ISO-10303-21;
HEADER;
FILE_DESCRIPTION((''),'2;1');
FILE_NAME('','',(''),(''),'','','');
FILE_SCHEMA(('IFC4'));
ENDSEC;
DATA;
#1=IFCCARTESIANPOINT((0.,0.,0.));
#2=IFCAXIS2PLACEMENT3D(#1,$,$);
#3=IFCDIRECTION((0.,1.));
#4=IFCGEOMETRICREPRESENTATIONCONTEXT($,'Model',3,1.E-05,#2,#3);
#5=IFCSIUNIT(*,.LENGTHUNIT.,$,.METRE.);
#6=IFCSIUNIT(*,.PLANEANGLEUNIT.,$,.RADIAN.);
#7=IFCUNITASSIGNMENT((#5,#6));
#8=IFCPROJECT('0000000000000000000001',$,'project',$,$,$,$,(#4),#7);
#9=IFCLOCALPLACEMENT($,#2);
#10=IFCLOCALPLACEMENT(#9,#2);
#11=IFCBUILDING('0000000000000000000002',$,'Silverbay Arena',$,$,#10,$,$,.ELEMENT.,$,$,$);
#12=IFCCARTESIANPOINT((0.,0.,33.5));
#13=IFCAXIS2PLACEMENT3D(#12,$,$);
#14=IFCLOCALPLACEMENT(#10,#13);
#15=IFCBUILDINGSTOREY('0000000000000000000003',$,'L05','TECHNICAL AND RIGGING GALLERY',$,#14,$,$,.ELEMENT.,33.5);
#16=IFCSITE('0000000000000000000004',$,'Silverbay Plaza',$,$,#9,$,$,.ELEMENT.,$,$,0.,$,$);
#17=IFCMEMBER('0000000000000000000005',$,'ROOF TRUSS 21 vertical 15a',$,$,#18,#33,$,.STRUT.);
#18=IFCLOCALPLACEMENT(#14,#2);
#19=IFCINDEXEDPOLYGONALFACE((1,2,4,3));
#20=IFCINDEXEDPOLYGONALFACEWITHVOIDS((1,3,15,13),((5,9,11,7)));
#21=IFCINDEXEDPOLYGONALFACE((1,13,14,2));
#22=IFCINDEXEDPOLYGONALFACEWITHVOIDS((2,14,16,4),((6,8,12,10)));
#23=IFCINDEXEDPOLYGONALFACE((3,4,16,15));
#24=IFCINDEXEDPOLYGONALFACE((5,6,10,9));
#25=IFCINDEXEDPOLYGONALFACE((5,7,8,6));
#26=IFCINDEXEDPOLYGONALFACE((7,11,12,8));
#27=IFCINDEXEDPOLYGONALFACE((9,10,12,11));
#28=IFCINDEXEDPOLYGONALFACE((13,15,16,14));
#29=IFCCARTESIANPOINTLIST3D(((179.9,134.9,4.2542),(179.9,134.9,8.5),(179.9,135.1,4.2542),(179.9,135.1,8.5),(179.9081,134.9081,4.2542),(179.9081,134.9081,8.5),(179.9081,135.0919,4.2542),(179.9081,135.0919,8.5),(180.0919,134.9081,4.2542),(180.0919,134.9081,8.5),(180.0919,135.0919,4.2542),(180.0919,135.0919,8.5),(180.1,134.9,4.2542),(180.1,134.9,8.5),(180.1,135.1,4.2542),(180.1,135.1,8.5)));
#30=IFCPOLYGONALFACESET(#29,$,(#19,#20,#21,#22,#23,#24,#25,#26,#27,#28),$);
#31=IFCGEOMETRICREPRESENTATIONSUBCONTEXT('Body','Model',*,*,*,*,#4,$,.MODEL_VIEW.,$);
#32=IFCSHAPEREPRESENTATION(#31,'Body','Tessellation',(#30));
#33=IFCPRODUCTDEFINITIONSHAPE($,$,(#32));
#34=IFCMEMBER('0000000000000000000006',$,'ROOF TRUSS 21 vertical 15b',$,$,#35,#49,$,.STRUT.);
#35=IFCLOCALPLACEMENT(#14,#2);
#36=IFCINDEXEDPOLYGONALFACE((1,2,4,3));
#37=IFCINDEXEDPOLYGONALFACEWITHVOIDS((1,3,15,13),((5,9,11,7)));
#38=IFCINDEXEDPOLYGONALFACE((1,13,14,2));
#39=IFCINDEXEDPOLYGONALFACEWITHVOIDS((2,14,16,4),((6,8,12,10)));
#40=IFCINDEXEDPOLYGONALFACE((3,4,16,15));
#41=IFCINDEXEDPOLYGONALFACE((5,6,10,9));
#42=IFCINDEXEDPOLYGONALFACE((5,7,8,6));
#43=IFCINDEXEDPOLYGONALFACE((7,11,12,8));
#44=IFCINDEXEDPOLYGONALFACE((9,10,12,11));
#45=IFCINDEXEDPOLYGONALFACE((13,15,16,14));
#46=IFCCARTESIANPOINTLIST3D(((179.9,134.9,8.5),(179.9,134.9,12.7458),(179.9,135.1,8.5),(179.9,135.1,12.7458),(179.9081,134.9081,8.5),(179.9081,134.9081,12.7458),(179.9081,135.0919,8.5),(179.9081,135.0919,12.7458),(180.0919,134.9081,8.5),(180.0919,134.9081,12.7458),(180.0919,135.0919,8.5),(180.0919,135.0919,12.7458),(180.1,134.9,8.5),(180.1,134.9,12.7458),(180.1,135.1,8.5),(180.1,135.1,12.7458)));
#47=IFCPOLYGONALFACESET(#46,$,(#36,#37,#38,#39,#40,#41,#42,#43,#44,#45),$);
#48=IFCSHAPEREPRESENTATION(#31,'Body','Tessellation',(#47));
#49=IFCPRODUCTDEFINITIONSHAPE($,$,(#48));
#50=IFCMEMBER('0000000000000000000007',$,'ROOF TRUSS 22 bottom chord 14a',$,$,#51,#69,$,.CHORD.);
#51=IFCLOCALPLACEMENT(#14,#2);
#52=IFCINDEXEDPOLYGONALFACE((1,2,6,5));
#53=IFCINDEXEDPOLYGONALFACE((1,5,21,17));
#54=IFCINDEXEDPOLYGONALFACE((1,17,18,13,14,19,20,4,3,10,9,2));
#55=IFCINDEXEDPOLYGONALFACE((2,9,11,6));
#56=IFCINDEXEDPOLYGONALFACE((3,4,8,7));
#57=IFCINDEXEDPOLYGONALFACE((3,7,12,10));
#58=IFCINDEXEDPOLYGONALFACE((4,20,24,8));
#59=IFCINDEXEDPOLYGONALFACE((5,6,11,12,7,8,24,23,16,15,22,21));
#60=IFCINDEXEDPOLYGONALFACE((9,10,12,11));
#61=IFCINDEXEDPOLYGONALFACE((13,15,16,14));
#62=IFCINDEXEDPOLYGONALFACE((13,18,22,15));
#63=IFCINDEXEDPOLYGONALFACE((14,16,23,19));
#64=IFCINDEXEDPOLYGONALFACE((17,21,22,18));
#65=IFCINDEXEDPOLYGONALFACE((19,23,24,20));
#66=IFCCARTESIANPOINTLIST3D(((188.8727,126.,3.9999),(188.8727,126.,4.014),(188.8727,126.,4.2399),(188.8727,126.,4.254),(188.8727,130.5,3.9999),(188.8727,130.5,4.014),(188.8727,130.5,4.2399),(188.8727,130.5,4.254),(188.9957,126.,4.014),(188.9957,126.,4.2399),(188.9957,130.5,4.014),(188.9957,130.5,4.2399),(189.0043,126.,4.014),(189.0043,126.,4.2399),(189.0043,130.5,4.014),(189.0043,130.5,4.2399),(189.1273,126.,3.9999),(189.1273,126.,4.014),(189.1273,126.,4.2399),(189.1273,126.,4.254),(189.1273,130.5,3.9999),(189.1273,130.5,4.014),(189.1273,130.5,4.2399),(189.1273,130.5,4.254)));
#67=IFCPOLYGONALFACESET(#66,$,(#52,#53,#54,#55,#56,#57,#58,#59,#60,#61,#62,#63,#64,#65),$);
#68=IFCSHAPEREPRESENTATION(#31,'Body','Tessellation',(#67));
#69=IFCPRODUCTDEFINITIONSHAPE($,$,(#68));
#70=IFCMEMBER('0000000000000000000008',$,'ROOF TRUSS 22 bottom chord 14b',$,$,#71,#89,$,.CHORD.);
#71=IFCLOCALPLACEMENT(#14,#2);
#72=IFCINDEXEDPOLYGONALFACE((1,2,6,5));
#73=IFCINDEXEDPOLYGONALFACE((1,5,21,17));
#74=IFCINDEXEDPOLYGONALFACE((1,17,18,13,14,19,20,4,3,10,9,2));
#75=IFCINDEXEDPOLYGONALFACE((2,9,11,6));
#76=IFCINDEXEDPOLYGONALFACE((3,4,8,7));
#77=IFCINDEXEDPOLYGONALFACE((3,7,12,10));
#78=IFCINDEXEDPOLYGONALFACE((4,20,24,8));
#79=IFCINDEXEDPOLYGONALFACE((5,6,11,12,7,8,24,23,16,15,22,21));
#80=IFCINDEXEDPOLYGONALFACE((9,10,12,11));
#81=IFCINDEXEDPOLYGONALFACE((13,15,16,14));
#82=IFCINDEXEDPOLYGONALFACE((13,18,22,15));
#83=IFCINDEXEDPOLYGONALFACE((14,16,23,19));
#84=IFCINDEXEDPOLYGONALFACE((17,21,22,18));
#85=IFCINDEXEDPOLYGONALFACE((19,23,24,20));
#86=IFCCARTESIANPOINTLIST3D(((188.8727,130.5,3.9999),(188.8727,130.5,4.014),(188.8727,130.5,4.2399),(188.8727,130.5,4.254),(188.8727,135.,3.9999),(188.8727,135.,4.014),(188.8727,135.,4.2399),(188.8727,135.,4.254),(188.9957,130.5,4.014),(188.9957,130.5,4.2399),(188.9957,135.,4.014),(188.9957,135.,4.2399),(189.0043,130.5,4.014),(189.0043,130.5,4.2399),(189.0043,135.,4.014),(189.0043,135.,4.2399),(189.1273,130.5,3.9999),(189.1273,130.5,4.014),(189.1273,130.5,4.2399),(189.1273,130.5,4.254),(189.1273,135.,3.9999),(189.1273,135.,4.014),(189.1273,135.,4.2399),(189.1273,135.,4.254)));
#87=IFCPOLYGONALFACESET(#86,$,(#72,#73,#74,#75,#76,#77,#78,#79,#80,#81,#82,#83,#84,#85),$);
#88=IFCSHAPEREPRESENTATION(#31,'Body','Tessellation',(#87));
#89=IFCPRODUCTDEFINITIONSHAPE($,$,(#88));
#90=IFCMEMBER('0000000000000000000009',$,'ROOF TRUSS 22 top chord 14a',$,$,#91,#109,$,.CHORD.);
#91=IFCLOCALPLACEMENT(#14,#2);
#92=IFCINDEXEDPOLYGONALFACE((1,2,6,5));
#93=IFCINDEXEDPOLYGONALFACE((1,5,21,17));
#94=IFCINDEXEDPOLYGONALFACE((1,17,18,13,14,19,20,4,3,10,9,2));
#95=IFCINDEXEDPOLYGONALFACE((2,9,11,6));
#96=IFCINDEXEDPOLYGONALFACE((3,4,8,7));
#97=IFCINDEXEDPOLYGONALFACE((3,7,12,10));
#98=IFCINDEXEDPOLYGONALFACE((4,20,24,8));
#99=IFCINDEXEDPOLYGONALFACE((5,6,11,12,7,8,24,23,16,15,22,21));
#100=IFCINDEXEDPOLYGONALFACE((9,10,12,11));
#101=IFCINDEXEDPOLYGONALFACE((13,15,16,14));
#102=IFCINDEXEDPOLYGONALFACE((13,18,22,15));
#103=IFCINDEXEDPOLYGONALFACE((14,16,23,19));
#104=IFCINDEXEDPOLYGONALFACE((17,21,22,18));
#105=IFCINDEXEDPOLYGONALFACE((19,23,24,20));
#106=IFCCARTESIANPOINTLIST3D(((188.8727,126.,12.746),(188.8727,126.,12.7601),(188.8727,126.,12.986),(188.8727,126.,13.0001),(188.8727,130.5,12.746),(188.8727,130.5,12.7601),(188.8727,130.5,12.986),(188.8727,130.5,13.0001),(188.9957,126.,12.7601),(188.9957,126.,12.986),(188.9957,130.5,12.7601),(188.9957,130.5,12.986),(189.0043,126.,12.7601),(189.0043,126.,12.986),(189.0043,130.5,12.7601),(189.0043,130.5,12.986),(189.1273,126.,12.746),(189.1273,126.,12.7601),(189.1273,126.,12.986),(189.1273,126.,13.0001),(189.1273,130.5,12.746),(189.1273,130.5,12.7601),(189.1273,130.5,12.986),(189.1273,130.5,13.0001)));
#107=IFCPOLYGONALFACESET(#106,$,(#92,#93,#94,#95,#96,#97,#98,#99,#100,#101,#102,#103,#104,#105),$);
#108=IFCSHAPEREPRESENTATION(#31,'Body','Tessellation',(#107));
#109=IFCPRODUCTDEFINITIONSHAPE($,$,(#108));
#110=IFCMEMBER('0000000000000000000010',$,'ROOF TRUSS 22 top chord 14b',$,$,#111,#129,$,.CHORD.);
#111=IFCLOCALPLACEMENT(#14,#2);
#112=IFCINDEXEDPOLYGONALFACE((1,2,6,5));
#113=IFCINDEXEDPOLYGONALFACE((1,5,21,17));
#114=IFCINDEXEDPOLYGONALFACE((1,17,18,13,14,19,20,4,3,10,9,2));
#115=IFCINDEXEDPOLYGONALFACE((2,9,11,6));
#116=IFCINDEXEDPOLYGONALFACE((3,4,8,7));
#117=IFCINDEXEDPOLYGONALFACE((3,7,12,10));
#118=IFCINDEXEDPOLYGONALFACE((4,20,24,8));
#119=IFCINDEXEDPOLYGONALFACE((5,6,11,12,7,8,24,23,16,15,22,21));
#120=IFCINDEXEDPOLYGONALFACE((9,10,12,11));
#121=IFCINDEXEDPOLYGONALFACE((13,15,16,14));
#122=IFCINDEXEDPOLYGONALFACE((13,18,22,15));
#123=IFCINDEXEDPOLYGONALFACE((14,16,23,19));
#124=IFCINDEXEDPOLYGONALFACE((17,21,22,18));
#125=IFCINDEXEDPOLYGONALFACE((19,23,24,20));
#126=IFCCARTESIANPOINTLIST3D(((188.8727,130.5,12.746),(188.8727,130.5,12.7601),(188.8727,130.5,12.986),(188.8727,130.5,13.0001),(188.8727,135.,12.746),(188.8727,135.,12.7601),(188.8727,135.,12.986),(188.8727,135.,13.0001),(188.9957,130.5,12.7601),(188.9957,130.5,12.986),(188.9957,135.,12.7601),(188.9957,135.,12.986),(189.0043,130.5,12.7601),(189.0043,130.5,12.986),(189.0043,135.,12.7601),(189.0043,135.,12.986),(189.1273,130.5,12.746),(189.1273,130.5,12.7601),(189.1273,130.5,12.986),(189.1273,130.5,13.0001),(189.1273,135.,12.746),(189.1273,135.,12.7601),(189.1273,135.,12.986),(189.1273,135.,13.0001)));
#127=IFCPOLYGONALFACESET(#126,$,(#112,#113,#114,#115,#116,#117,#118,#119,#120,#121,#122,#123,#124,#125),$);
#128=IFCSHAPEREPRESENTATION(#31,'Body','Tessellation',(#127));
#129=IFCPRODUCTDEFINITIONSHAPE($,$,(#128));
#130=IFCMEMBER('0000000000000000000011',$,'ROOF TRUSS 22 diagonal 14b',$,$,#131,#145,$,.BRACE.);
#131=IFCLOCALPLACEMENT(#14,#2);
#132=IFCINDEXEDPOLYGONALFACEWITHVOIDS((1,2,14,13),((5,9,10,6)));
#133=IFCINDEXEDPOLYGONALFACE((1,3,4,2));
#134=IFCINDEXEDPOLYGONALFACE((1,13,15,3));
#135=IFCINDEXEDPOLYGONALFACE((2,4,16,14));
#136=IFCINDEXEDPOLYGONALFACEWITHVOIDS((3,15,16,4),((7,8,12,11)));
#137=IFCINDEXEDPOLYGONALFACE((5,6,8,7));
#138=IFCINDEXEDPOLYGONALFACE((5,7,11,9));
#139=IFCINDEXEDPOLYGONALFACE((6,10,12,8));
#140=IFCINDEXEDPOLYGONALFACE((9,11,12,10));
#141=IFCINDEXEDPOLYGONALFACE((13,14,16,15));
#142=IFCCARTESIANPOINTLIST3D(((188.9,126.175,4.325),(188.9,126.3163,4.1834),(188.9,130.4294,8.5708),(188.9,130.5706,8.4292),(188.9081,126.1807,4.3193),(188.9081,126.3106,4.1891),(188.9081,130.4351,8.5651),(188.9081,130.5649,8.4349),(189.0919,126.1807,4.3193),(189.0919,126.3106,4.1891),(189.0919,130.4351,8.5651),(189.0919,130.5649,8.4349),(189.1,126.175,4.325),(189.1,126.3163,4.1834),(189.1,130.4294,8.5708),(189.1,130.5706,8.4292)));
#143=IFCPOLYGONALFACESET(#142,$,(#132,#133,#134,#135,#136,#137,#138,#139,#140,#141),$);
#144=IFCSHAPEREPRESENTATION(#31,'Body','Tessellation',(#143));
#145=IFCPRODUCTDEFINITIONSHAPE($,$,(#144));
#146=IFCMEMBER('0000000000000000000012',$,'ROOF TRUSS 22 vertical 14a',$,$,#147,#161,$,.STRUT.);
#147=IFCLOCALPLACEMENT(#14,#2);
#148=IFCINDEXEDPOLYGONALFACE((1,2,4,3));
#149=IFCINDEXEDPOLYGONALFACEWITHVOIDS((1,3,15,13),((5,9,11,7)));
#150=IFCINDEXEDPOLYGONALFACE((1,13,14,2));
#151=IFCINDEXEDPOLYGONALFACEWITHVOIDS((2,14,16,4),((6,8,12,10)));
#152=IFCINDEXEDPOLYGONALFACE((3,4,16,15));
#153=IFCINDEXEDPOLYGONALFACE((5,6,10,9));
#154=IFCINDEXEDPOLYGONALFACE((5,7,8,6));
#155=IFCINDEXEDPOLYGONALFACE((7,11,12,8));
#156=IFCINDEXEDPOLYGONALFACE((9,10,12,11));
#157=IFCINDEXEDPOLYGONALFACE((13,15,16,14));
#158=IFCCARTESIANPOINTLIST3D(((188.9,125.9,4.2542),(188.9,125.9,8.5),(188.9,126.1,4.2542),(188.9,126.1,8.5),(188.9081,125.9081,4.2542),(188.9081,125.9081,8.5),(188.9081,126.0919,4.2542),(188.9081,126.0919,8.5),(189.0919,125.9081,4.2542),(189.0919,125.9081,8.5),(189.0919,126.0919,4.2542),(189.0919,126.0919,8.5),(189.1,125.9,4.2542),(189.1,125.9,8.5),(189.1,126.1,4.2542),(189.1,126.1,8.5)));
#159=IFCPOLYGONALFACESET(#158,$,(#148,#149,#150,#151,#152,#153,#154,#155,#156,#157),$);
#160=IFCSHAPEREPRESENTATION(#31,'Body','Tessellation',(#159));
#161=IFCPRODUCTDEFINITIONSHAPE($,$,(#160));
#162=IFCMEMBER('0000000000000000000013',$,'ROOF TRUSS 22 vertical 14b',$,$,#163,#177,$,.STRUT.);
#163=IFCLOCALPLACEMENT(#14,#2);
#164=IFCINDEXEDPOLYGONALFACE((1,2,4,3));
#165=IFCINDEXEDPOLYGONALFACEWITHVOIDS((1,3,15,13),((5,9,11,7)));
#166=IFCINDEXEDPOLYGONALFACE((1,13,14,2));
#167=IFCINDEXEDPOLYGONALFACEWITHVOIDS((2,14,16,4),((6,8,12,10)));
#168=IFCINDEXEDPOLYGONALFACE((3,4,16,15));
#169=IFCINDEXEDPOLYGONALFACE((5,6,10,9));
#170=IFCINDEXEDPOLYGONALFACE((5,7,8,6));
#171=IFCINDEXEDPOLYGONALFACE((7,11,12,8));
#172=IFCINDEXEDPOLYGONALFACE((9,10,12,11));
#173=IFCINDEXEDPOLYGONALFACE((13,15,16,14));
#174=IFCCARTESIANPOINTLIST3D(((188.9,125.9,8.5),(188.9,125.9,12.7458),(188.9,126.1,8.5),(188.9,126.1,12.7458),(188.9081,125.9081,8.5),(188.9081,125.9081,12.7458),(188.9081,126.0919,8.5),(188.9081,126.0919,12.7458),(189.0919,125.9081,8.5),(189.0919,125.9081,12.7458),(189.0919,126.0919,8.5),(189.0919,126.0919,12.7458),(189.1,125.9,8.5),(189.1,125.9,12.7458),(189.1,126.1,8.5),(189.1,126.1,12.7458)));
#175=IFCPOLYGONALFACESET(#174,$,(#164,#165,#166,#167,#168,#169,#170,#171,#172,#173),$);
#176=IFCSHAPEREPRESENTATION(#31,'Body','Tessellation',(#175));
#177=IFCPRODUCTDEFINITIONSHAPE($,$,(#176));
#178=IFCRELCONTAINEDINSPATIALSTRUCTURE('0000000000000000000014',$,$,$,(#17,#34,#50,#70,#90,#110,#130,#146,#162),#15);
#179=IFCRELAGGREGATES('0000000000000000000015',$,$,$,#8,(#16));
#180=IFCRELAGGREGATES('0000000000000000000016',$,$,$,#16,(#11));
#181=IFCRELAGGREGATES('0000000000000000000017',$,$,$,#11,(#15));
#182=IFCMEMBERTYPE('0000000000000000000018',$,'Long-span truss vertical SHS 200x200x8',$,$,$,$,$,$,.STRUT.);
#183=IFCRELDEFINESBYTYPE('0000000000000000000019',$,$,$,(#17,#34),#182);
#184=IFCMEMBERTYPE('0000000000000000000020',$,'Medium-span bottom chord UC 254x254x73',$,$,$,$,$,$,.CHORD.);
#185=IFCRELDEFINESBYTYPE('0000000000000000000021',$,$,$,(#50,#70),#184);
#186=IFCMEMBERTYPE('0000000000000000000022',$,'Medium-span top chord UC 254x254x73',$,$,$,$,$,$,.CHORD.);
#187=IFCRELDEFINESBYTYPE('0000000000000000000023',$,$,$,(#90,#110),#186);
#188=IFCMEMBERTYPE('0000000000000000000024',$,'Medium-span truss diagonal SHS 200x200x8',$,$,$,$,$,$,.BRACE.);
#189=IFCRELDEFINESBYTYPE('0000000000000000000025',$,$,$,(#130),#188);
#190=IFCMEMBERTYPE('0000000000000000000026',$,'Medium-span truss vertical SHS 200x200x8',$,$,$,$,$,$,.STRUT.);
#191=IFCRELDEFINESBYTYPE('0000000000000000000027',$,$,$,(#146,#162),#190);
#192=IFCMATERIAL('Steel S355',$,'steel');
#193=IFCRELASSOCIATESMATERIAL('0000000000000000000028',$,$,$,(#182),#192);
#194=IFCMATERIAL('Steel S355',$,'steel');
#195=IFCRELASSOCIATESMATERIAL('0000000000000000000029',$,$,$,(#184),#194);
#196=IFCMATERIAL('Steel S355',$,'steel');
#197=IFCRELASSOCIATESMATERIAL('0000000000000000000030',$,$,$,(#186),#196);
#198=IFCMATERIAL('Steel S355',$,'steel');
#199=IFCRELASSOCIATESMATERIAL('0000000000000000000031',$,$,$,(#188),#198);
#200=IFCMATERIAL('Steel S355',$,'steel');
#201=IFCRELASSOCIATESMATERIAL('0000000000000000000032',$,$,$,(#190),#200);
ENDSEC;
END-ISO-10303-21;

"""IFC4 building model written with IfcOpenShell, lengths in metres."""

from ifc_helpers import new_model, si_unit, direction, frame, origin, origin_2d, place, context, subcontext, project, spatial, hollow_rectangle, i_section, extrude, material, material_profile, profile_set, type_object, element, save


model = new_model("IFC4")

# Units and contexts
model_context = context("Model", 3, precision=1e-05, world=origin(), true_north=direction((0.0, 1.0)))
body_context = subcontext(model_context, "Body", "Model", "MODEL_VIEW")
ifc_project = project(units=[si_unit("LENGTHUNIT", "METRE"), si_unit("PLANEANGLEUNIT", "RADIAN")], contexts=[model_context])

# Site, building, storey
site_placement = place(None, origin())
site = spatial("IfcSite", under=ifc_project, at=site_placement, Name="Silverbay Plaza", CompositionType="ELEMENT", RefElevation=0.0)
building_placement = place(site_placement, origin())
building = spatial("IfcBuilding", under=site, at=building_placement, Name="Silverbay Arena", CompositionType="ELEMENT")
storey_placement = place(building_placement, frame((0.0, 0.0, 33.5)))
storey = spatial("IfcBuildingStorey", under=building, at=storey_placement, Name="L05", Description="TECHNICAL AND RIGGING GALLERY", CompositionType="ELEMENT", Elevation=33.5)

# Members
ifc_material_1 = material(Name="Steel S355", Category="steel")
ifc_material_profile_1 = material_profile(ifc_material_1, hollow_rectangle(XDim=0.2, YDim=0.2, WallThickness=0.0081, at=origin_2d()), Name="SHS 200x200x8")
ifc_profile_set_1 = profile_set([ifc_material_profile_1], Name="Steel S355")
member_type_1 = type_object("IfcMemberType", Name="Long-span truss vertical SHS 200x200x8", PredefinedType="STRUT", material=ifc_profile_set_1)
for number, where, z_axis, x_axis, name in (
    (1, (180.0, 135.0, 4.2542), (0.0, 0.0, 1.0), (1.0, 0.0, 0.0), "ROOF TRUSS 21 vertical 15a"),
    (2, (180.0, 135.0, 8.5), (0.0, 0.0, 1.0), (1.0, 0.0, 0.0), "ROOF TRUSS 21 vertical 15b"),
):
    element("IfcMember", number, at=place(storey_placement, frame(where, z_axis=z_axis, x_axis=x_axis)), inside=storey, type_object=member_type_1, Name=name, PredefinedType="STRUT", context=body_context, shape_type="SweptSolid", body=[
        extrude(hollow_rectangle(XDim=0.2, YDim=0.2, WallThickness=0.0081, at=origin_2d()), origin(), (0.0, 0.0, 1.0), 4.2458),
    ])
ifc_material_2 = material(Name="Steel S355", Category="steel")
ifc_material_profile_2 = material_profile(ifc_material_2, i_section(OverallWidth=0.2546, OverallDepth=0.2542, WebThickness=0.0085, FlangeThickness=0.0142, at=origin_2d()), Name="UC 254x254x73")
ifc_profile_set_2 = profile_set([ifc_material_profile_2], Name="Steel S355")
member_type_2 = type_object("IfcMemberType", Name="Medium-span bottom chord UC 254x254x73", PredefinedType="CHORD", material=ifc_profile_set_2)
for number, where, z_axis, x_axis, name in (
    (3, (189.0, 126.0, 4.127), (0.0, 1.0, 0.0), (-1.0, 0.0, 0.0), "ROOF TRUSS 22 bottom chord 14a"),
    (4, (189.0, 130.5, 4.127), (0.0, 1.0, 0.0), (-1.0, 0.0, 0.0), "ROOF TRUSS 22 bottom chord 14b"),
):
    element("IfcMember", number, at=place(storey_placement, frame(where, z_axis=z_axis, x_axis=x_axis)), inside=storey, type_object=member_type_2, Name=name, PredefinedType="CHORD", context=body_context, shape_type="SweptSolid", body=[
        extrude(i_section(OverallWidth=0.2546, OverallDepth=0.2542, WebThickness=0.0085, FlangeThickness=0.0142, at=origin_2d()), origin(), (0.0, 0.0, 1.0), 4.5),
    ])
ifc_material_3 = material(Name="Steel S355", Category="steel")
ifc_material_profile_3 = material_profile(ifc_material_3, i_section(OverallWidth=0.2546, OverallDepth=0.2542, WebThickness=0.0085, FlangeThickness=0.0142, at=origin_2d()), Name="UC 254x254x73")
ifc_profile_set_3 = profile_set([ifc_material_profile_3], Name="Steel S355")
member_type_3 = type_object("IfcMemberType", Name="Medium-span top chord UC 254x254x73", PredefinedType="CHORD", material=ifc_profile_set_3)
for number, where, z_axis, x_axis, name in (
    (5, (189.0, 126.0, 12.873), (0.0, 1.0, 0.0), (-1.0, 0.0, 0.0), "ROOF TRUSS 22 top chord 14a"),
    (6, (189.0, 130.5, 12.873), (0.0, 1.0, 0.0), (-1.0, 0.0, 0.0), "ROOF TRUSS 22 top chord 14b"),
):
    element("IfcMember", number, at=place(storey_placement, frame(where, z_axis=z_axis, x_axis=x_axis)), inside=storey, type_object=member_type_3, Name=name, PredefinedType="CHORD", context=body_context, shape_type="SweptSolid", body=[
        extrude(i_section(OverallWidth=0.2546, OverallDepth=0.2542, WebThickness=0.0085, FlangeThickness=0.0142, at=origin_2d()), origin(), (0.0, 0.0, 1.0), 4.5),
    ])
ifc_material_4 = material(Name="Steel S355", Category="steel")
ifc_material_profile_4 = material_profile(ifc_material_4, hollow_rectangle(XDim=0.2, YDim=0.2, WallThickness=0.0081, at=origin_2d()), Name="SHS 200x200x8")
ifc_profile_set_4 = profile_set([ifc_material_profile_4], Name="Steel S355")
member_type_4 = type_object("IfcMemberType", Name="Medium-span truss diagonal SHS 200x200x8", PredefinedType="BRACE", material=ifc_profile_set_4)
member_1_placement = place(storey_placement, frame((189.0, 130.5, 8.5), z_axis=(0.0, -0.707817, -0.706396), x_axis=(1.0, 0.0, 0.0)))
element("IfcMember", 7, at=member_1_placement, inside=storey, type_object=member_type_4, Name="ROOF TRUSS 22 diagonal 14b", PredefinedType="BRACE", context=body_context, shape_type="SweptSolid", body=[
    extrude(hollow_rectangle(XDim=0.2, YDim=0.2, WallThickness=0.0081, at=origin_2d()), origin(), (0.0, 0.0, 1.0), 6.0105),
])
ifc_material_5 = material(Name="Steel S355", Category="steel")
ifc_material_profile_5 = material_profile(ifc_material_5, hollow_rectangle(XDim=0.2, YDim=0.2, WallThickness=0.0081, at=origin_2d()), Name="SHS 200x200x8")
ifc_profile_set_5 = profile_set([ifc_material_profile_5], Name="Steel S355")
member_type_5 = type_object("IfcMemberType", Name="Medium-span truss vertical SHS 200x200x8", PredefinedType="STRUT", material=ifc_profile_set_5)
for number, where, z_axis, x_axis, name in (
    (8, (189.0, 126.0, 4.2542), (0.0, 0.0, 1.0), (1.0, 0.0, 0.0), "ROOF TRUSS 22 vertical 14a"),
    (9, (189.0, 126.0, 8.5), (0.0, 0.0, 1.0), (1.0, 0.0, 0.0), "ROOF TRUSS 22 vertical 14b"),
):
    element("IfcMember", number, at=place(storey_placement, frame(where, z_axis=z_axis, x_axis=x_axis)), inside=storey, type_object=member_type_5, Name=name, PredefinedType="STRUT", context=body_context, shape_type="SweptSolid", body=[
        extrude(hollow_rectangle(XDim=0.2, YDim=0.2, WallThickness=0.0081, at=origin_2d()), origin(), (0.0, 0.0, 1.0), 4.2458),
    ])

save(model, "model.ifc")
